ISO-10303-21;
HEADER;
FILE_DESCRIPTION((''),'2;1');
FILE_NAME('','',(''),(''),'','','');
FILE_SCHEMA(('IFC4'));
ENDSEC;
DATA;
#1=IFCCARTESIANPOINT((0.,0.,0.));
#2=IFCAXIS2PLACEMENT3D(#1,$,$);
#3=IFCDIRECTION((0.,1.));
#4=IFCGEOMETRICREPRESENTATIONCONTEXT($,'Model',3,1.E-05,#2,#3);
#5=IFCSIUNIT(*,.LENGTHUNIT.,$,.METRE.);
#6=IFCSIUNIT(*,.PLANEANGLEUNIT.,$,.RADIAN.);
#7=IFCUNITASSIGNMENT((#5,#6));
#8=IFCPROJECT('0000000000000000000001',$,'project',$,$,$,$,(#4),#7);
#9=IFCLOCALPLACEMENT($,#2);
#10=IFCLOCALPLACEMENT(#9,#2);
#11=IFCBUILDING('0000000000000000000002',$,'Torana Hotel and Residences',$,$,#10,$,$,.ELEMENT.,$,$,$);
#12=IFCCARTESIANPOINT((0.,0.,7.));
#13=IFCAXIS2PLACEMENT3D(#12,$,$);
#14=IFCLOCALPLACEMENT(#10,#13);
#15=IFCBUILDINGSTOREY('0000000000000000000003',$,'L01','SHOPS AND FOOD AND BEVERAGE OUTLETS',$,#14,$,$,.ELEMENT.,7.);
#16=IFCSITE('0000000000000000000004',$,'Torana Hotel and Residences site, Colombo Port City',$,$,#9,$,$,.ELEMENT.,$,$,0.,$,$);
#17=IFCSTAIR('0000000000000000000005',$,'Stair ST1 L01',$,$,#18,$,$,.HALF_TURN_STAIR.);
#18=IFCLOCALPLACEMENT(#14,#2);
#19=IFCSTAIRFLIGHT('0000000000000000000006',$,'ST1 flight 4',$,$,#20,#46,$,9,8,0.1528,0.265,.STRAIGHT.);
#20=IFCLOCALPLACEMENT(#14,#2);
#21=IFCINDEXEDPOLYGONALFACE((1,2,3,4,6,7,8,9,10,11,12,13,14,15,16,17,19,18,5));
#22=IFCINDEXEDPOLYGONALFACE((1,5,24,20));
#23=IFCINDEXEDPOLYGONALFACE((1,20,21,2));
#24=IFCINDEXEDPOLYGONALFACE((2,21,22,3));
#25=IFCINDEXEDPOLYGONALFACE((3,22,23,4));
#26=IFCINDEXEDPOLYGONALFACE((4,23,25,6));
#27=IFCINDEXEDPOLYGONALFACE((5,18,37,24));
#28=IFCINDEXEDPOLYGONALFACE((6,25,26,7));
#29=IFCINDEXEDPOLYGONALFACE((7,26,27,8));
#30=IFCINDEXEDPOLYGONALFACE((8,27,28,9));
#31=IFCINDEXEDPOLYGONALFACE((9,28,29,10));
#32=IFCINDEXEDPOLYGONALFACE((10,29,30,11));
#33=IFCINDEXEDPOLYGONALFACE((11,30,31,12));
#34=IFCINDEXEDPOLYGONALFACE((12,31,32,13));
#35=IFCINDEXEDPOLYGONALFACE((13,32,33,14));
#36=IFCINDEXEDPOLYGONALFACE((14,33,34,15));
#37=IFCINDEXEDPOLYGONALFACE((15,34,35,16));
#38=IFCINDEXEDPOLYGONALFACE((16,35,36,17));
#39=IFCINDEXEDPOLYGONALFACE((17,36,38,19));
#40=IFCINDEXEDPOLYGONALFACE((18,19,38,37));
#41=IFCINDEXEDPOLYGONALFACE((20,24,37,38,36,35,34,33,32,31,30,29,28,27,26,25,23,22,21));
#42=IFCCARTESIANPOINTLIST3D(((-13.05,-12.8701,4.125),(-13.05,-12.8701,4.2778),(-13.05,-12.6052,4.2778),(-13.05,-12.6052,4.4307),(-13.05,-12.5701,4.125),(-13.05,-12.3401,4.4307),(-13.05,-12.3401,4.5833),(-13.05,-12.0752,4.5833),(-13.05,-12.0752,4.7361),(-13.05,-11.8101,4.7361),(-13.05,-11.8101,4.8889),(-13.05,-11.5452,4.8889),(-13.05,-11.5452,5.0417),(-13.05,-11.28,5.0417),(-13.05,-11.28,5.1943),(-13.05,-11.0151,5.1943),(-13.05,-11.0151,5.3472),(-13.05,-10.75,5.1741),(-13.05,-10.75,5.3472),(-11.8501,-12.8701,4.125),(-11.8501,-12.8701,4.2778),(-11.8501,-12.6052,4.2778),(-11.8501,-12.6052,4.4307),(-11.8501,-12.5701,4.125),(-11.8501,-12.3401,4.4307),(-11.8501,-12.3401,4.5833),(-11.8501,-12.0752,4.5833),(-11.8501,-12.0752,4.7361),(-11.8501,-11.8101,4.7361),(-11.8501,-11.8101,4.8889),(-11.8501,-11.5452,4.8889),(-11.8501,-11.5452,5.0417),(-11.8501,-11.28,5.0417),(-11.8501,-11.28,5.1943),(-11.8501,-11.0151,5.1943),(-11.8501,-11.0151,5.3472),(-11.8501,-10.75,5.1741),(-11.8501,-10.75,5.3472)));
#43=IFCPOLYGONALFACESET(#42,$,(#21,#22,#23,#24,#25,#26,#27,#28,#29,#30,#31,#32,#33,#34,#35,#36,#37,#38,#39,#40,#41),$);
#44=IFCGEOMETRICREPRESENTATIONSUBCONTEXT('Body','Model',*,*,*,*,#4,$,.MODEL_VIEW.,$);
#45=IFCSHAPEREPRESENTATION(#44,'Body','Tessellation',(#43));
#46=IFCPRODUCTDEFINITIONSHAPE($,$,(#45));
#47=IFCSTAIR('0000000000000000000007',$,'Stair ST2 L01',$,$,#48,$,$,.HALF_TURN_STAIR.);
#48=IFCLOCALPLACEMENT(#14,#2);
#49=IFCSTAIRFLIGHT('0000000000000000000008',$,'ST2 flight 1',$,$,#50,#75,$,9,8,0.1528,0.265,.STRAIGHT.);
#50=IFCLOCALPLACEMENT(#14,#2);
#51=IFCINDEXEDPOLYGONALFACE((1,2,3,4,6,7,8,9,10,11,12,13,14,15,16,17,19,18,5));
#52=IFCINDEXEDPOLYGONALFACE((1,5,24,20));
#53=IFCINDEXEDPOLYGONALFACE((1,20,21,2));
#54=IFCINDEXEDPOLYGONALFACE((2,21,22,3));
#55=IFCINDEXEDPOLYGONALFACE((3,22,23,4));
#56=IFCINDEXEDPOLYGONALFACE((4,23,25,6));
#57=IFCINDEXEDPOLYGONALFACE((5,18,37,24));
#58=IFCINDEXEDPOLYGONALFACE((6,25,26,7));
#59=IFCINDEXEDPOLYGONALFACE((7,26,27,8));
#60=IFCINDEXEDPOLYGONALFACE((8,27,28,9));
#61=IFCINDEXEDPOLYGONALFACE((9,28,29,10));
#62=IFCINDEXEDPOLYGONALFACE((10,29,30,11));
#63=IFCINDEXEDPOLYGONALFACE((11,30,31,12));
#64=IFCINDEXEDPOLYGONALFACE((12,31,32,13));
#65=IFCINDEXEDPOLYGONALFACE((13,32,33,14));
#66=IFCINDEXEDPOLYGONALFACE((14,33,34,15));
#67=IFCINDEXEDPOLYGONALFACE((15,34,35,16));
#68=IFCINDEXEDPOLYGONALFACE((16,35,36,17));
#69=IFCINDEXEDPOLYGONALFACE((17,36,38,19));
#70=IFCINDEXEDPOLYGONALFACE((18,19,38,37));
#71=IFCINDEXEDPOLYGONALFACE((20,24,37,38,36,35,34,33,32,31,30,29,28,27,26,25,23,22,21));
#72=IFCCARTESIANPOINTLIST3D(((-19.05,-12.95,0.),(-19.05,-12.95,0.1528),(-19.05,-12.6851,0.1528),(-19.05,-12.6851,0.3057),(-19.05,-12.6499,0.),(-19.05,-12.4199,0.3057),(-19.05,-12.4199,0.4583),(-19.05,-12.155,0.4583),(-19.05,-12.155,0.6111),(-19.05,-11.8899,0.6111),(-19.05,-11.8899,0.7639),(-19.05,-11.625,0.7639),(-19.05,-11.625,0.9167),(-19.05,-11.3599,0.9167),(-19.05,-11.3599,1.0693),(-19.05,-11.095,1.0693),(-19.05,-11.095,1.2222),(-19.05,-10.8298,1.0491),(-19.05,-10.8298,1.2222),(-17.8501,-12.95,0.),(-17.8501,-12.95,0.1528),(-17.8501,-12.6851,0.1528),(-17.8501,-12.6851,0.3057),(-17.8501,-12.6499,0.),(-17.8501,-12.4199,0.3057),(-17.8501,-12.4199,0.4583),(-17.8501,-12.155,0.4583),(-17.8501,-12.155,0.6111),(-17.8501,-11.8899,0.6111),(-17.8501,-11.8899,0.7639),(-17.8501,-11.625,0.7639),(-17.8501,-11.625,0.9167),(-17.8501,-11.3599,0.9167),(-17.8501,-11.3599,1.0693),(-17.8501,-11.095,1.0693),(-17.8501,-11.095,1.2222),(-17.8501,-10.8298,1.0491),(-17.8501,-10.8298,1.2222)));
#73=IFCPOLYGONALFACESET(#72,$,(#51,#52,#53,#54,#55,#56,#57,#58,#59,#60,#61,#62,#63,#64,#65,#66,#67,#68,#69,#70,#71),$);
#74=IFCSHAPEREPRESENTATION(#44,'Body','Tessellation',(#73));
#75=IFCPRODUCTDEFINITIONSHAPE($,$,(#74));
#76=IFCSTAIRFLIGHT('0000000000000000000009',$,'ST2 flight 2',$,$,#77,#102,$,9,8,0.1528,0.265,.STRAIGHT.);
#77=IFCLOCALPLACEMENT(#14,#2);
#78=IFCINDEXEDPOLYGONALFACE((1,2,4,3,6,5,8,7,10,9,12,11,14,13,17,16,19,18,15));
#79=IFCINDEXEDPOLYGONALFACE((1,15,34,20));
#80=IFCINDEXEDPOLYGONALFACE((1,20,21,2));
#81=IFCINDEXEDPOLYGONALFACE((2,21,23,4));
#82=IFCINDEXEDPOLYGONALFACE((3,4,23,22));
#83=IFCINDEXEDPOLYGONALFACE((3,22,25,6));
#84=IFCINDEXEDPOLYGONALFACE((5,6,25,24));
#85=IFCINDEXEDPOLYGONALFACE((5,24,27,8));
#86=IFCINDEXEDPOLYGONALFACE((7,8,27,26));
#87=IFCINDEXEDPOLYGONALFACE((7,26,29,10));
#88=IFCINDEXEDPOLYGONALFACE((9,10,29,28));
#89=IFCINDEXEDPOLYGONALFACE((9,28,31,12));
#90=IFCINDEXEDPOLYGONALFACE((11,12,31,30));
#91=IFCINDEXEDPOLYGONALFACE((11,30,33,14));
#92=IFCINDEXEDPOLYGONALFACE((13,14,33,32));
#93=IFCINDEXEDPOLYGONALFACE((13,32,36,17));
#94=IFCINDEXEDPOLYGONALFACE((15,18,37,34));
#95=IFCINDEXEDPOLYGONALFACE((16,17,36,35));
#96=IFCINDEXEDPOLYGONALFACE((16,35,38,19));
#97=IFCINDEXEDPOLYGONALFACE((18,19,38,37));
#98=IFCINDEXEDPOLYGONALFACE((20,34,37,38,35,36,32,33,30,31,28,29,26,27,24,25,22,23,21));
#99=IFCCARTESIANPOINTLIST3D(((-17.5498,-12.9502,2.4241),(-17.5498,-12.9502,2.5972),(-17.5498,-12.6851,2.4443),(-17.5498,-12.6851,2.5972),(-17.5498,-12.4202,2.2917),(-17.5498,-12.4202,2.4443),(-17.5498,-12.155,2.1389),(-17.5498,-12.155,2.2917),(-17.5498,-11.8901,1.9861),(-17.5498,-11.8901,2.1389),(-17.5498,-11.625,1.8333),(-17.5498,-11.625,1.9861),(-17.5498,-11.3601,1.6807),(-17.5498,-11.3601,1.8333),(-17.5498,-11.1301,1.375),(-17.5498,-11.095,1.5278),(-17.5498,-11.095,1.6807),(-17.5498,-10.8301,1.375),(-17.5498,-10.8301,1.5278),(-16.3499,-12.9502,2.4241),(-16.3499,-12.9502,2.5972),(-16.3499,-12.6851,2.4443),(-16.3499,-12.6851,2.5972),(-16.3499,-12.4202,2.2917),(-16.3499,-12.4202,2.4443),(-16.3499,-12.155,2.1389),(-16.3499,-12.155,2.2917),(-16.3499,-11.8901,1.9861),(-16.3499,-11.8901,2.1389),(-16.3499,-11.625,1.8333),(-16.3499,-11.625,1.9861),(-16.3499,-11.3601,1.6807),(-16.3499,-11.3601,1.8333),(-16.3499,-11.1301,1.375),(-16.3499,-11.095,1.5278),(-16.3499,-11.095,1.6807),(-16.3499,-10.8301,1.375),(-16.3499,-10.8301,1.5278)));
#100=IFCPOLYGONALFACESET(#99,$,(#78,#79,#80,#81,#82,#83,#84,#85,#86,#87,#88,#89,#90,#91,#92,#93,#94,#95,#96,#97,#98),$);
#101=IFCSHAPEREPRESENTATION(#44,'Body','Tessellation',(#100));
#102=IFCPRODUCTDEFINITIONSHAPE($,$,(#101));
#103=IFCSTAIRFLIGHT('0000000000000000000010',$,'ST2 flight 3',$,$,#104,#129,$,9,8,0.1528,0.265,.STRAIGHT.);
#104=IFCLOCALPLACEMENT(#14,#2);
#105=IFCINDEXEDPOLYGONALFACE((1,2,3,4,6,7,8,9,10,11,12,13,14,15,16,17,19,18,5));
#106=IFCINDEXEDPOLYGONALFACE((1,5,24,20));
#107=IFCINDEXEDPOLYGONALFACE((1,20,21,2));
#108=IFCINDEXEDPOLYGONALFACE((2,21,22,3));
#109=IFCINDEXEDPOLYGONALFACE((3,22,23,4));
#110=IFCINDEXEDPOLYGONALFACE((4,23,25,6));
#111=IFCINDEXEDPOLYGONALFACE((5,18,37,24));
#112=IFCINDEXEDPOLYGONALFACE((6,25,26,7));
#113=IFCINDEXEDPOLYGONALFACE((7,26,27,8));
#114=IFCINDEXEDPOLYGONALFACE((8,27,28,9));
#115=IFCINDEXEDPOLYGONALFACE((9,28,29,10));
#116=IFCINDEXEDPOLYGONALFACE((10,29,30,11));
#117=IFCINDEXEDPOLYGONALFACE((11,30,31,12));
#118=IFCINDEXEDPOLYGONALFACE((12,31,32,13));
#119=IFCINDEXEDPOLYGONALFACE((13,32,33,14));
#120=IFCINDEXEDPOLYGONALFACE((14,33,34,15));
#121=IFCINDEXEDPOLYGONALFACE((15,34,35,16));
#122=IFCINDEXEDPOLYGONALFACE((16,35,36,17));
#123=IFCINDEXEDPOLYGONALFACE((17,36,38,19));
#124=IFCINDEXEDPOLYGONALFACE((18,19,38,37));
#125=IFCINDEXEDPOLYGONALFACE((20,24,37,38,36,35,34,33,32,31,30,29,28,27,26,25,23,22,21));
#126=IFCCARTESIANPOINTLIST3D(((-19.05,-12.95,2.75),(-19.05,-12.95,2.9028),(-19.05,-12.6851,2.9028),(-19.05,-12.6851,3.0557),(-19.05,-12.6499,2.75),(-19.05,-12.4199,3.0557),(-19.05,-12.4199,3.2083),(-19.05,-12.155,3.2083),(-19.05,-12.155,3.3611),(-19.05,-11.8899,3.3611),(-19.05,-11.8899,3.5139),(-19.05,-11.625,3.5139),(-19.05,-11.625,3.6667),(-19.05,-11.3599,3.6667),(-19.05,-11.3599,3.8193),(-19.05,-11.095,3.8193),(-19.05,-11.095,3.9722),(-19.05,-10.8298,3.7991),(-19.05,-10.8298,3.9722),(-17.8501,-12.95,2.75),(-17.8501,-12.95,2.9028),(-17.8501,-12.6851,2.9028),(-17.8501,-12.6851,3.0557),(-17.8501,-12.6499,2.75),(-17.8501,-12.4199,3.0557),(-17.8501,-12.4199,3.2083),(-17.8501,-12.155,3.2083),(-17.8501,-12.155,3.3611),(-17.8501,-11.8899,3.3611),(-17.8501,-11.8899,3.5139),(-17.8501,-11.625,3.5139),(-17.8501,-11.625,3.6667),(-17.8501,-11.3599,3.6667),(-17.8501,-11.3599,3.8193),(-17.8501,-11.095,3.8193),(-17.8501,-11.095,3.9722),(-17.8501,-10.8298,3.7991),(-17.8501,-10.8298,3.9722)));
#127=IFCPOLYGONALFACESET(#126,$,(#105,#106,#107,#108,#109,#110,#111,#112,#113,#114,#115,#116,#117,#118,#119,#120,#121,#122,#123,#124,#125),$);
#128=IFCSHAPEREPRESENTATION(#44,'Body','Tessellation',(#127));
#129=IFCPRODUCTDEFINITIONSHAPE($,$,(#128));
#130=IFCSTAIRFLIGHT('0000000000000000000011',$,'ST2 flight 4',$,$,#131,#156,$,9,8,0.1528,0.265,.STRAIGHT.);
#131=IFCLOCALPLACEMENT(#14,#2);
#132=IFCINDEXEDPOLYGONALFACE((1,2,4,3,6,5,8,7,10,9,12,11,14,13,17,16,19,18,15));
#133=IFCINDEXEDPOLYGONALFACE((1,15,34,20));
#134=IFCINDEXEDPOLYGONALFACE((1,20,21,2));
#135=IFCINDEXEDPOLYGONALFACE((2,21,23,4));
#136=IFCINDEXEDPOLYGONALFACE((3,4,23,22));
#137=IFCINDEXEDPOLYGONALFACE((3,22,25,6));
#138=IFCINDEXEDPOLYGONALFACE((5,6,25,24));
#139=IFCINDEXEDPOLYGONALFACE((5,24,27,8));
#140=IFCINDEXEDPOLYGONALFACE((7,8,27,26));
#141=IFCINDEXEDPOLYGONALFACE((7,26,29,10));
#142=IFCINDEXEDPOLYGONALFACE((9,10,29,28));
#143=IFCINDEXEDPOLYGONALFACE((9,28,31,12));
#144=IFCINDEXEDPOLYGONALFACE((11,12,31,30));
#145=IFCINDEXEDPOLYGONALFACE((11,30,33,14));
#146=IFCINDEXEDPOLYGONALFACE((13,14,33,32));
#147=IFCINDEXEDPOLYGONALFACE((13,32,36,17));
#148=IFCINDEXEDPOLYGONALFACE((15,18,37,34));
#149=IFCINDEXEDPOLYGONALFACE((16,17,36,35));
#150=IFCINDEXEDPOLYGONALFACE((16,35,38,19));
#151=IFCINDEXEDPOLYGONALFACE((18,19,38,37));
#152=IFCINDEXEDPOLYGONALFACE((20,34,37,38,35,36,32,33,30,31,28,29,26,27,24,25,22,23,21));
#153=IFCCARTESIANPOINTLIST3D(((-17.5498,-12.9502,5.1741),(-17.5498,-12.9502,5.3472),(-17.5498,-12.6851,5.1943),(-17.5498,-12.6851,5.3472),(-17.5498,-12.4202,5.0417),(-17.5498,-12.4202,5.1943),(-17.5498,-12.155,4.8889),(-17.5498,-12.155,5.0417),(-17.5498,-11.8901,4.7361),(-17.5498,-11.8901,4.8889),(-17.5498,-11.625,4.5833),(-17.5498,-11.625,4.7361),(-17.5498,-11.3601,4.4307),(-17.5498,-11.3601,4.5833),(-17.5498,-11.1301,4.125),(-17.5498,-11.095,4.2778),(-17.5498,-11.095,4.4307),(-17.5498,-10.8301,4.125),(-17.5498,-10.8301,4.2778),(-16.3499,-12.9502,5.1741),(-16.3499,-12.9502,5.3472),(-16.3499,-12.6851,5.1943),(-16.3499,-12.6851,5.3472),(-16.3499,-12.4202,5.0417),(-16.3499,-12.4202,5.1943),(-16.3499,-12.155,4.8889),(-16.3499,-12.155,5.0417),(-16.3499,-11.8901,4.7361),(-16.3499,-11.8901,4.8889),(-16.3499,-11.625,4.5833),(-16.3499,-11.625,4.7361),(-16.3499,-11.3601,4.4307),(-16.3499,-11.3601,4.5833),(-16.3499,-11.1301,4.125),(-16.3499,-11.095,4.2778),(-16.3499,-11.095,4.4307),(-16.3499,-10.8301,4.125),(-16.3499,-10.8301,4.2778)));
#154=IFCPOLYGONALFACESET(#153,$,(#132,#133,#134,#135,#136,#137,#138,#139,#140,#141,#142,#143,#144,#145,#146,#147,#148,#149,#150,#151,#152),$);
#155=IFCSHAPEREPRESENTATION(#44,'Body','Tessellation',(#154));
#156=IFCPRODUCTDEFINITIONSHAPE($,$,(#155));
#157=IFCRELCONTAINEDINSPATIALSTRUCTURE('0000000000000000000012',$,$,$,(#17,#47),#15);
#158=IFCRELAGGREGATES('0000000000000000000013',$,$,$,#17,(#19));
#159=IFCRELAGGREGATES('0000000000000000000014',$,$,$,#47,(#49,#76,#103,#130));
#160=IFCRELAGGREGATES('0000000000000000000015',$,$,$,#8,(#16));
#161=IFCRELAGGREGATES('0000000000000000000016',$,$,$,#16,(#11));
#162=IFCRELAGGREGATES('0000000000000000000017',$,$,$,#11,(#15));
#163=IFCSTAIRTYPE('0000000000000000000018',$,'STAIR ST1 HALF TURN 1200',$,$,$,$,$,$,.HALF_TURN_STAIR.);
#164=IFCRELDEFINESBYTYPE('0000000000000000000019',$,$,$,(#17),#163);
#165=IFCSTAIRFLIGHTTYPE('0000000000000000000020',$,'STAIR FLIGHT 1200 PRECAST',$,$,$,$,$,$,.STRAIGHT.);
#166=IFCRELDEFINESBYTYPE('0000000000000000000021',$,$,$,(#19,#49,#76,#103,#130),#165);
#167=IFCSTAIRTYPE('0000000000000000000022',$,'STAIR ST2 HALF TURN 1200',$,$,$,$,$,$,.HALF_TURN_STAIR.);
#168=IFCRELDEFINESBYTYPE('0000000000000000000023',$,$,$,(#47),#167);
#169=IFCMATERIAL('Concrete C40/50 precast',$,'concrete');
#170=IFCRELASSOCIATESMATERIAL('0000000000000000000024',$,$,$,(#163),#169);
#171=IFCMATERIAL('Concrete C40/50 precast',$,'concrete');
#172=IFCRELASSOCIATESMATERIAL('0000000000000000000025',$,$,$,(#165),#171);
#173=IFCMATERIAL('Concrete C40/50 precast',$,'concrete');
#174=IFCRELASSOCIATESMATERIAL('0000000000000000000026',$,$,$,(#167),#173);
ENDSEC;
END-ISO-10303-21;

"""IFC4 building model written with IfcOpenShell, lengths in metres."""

from ifc_helpers import new_model, si_unit, direction, frame, origin, place, context, subcontext, project, spatial, polyline, outline, extrude, material, type_object, element, aggregate, save


model = new_model("IFC4")

# Units and contexts
model_context = context("Model", 3, precision=1e-05, world=origin(), true_north=direction((0.0, 1.0)))
body_context = subcontext(model_context, "Body", "Model", "MODEL_VIEW")
ifc_project = project(units=[si_unit("LENGTHUNIT", "METRE"), si_unit("PLANEANGLEUNIT", "RADIAN")], contexts=[model_context])

# Site, building, storey
site_placement = place(None, origin())
site = spatial("IfcSite", under=ifc_project, at=site_placement, Name="Torana Hotel and Residences site, Colombo Port City", CompositionType="ELEMENT", RefElevation=0.0)
building_placement = place(site_placement, origin())
building = spatial("IfcBuilding", under=site, at=building_placement, Name="Torana Hotel and Residences", CompositionType="ELEMENT")
storey_placement = place(building_placement, frame((0.0, 0.0, 7.0)))
storey = spatial("IfcBuildingStorey", under=building, at=storey_placement, Name="L01", Description="SHOPS AND FOOD AND BEVERAGE OUTLETS", CompositionType="ELEMENT", Elevation=7.0)

# Stairs, stair flights
ifc_material_1 = material(Name="Concrete C40/50 precast", Category="concrete")
stair_type_1 = type_object("IfcStairType", Name="STAIR ST1 HALF TURN 1200", PredefinedType="HALF_TURN_STAIR", material=ifc_material_1)
stair_1_placement = place(storey_placement, origin())
stair_1 = element("IfcStair", 1, at=stair_1_placement, inside=storey, type_object=stair_type_1, Name="Stair ST1 L01", PredefinedType="HALF_TURN_STAIR")
ifc_material_2 = material(Name="Concrete C40/50 precast", Category="concrete")
stair_flight_type = type_object("IfcStairFlightType", Name="STAIR FLIGHT 1200 PRECAST", PredefinedType="STRAIGHT", material=ifc_material_2)
stair_flight_1_placement = place(storey_placement, frame((-12.45, -12.8701, 4.125), z_axis=(0.0, 0.0, 1.0), x_axis=(0.0, 1.0, 0.0)))
stair_flight_1 = element("IfcStairFlight", 2, at=stair_flight_1_placement, type_object=stair_flight_type, Name="ST1 flight 4", NumberOfRisers=9, NumberOfTreads=8, PredefinedType="STRAIGHT", RiserHeight=0.1528, TreadLength=0.265, context=body_context, shape_type="SweptSolid", body=[
    extrude(outline(polyline([(0.0, 0.0), (0.0, 0.1528), (0.2649, 0.1528), (0.2649, 0.3057), (0.53, 0.3057), (0.53, 0.4583), (0.7949, 0.4583), (0.7949, 0.6111), (1.0601, 0.6111), (1.0601, 0.7639), (1.325, 0.7639), (1.325, 0.9167), (1.5901, 0.9167), (1.5901, 1.0693), (1.855, 1.0693), (1.855, 1.2222), (2.1201, 1.2222), (2.1201, 1.375), (2.1201, 1.0491), (0.3, 0.0), (0.0, 0.0)])), frame((0.0, 0.6001, 0.0), z_axis=(0.0, -1.0, 0.0), x_axis=(1.0, 0.0, 0.0)), (0.0, 0.0, 1.0), 1.2),
])
aggregate(stair_1, [stair_flight_1])
ifc_material_3 = material(Name="Concrete C40/50 precast", Category="concrete")
stair_type_2 = type_object("IfcStairType", Name="STAIR ST2 HALF TURN 1200", PredefinedType="HALF_TURN_STAIR", material=ifc_material_3)
stair_2_placement = place(storey_placement, origin())
stair_2 = element("IfcStair", 3, at=stair_2_placement, inside=storey, type_object=stair_type_2, Name="Stair ST2 L01", PredefinedType="HALF_TURN_STAIR")
stair_flight_2_placement = place(storey_placement, frame((-18.45, -12.95, 0.0), z_axis=(0.0, 0.0, 1.0), x_axis=(0.0, 1.0, 0.0)))
stair_flight_2 = element("IfcStairFlight", 4, at=stair_flight_2_placement, type_object=stair_flight_type, Name="ST2 flight 1", NumberOfRisers=9, NumberOfTreads=8, PredefinedType="STRAIGHT", RiserHeight=0.1528, TreadLength=0.265, context=body_context, shape_type="SweptSolid", body=[
    extrude(outline(polyline([(0.0, 0.0), (0.0, 0.1528), (0.2649, 0.1528), (0.2649, 0.3057), (0.53, 0.3057), (0.53, 0.4583), (0.7949, 0.4583), (0.7949, 0.6111), (1.0601, 0.6111), (1.0601, 0.7639), (1.325, 0.7639), (1.325, 0.9167), (1.5901, 0.9167), (1.5901, 1.0693), (1.855, 1.0693), (1.855, 1.2222), (2.1201, 1.2222), (2.1201, 1.375), (2.1201, 1.0491), (0.3, 0.0), (0.0, 0.0)])), frame((0.0, 0.6001, 0.0), z_axis=(0.0, -1.0, 0.0), x_axis=(1.0, 0.0, 0.0)), (0.0, 0.0, 1.0), 1.2),
])
stair_flight_3_placement = place(storey_placement, frame((-16.95, -10.8301, 1.375), z_axis=(0.0, 0.0, 1.0), x_axis=(0.0, -1.0, 0.0)))
stair_flight_3 = element("IfcStairFlight", 5, at=stair_flight_3_placement, type_object=stair_flight_type, Name="ST2 flight 2", NumberOfRisers=9, NumberOfTreads=8, PredefinedType="STRAIGHT", RiserHeight=0.1528, TreadLength=0.265, context=body_context, shape_type="SweptSolid", body=[
    extrude(outline(polyline([(0.0, 0.0), (0.0, 0.1528), (0.2649, 0.1528), (0.2649, 0.3057), (0.53, 0.3057), (0.53, 0.4583), (0.7949, 0.4583), (0.7949, 0.6111), (1.0601, 0.6111), (1.0601, 0.7639), (1.325, 0.7639), (1.325, 0.9167), (1.5901, 0.9167), (1.5901, 1.0693), (1.855, 1.0693), (1.855, 1.2222), (2.1201, 1.2222), (2.1201, 1.375), (2.1201, 1.0491), (0.3, 0.0), (0.0, 0.0)])), frame((0.0, 0.6001, 0.0), z_axis=(0.0, -1.0, 0.0), x_axis=(1.0, 0.0, 0.0)), (0.0, 0.0, 1.0), 1.2),
])
stair_flight_4_placement = place(storey_placement, frame((-18.45, -12.95, 2.75), z_axis=(0.0, 0.0, 1.0), x_axis=(0.0, 1.0, 0.0)))
stair_flight_4 = element("IfcStairFlight", 6, at=stair_flight_4_placement, type_object=stair_flight_type, Name="ST2 flight 3", NumberOfRisers=9, NumberOfTreads=8, PredefinedType="STRAIGHT", RiserHeight=0.1528, TreadLength=0.265, context=body_context, shape_type="SweptSolid", body=[
    extrude(outline(polyline([(0.0, 0.0), (0.0, 0.1528), (0.2649, 0.1528), (0.2649, 0.3057), (0.53, 0.3057), (0.53, 0.4583), (0.7949, 0.4583), (0.7949, 0.6111), (1.0601, 0.6111), (1.0601, 0.7639), (1.325, 0.7639), (1.325, 0.9167), (1.5901, 0.9167), (1.5901, 1.0693), (1.855, 1.0693), (1.855, 1.2222), (2.1201, 1.2222), (2.1201, 1.375), (2.1201, 1.0491), (0.3, 0.0), (0.0, 0.0)])), frame((0.0, 0.6001, 0.0), z_axis=(0.0, -1.0, 0.0), x_axis=(1.0, 0.0, 0.0)), (0.0, 0.0, 1.0), 1.2),
])
stair_flight_5_placement = place(storey_placement, frame((-16.95, -10.8301, 4.125), z_axis=(0.0, 0.0, 1.0), x_axis=(0.0, -1.0, 0.0)))
stair_flight_5 = element("IfcStairFlight", 7, at=stair_flight_5_placement, type_object=stair_flight_type, Name="ST2 flight 4", NumberOfRisers=9, NumberOfTreads=8, PredefinedType="STRAIGHT", RiserHeight=0.1528, TreadLength=0.265, context=body_context, shape_type="SweptSolid", body=[
    extrude(outline(polyline([(0.0, 0.0), (0.0, 0.1528), (0.2649, 0.1528), (0.2649, 0.3057), (0.53, 0.3057), (0.53, 0.4583), (0.7949, 0.4583), (0.7949, 0.6111), (1.0601, 0.6111), (1.0601, 0.7639), (1.325, 0.7639), (1.325, 0.9167), (1.5901, 0.9167), (1.5901, 1.0693), (1.855, 1.0693), (1.855, 1.2222), (2.1201, 1.2222), (2.1201, 1.375), (2.1201, 1.0491), (0.3, 0.0), (0.0, 0.0)])), frame((0.0, 0.6001, 0.0), z_axis=(0.0, -1.0, 0.0), x_axis=(1.0, 0.0, 0.0)), (0.0, 0.0, 1.0), 1.2),
])
aggregate(stair_2, [stair_flight_2, stair_flight_3, stair_flight_4, stair_flight_5])

save(model, "model.ifc")
